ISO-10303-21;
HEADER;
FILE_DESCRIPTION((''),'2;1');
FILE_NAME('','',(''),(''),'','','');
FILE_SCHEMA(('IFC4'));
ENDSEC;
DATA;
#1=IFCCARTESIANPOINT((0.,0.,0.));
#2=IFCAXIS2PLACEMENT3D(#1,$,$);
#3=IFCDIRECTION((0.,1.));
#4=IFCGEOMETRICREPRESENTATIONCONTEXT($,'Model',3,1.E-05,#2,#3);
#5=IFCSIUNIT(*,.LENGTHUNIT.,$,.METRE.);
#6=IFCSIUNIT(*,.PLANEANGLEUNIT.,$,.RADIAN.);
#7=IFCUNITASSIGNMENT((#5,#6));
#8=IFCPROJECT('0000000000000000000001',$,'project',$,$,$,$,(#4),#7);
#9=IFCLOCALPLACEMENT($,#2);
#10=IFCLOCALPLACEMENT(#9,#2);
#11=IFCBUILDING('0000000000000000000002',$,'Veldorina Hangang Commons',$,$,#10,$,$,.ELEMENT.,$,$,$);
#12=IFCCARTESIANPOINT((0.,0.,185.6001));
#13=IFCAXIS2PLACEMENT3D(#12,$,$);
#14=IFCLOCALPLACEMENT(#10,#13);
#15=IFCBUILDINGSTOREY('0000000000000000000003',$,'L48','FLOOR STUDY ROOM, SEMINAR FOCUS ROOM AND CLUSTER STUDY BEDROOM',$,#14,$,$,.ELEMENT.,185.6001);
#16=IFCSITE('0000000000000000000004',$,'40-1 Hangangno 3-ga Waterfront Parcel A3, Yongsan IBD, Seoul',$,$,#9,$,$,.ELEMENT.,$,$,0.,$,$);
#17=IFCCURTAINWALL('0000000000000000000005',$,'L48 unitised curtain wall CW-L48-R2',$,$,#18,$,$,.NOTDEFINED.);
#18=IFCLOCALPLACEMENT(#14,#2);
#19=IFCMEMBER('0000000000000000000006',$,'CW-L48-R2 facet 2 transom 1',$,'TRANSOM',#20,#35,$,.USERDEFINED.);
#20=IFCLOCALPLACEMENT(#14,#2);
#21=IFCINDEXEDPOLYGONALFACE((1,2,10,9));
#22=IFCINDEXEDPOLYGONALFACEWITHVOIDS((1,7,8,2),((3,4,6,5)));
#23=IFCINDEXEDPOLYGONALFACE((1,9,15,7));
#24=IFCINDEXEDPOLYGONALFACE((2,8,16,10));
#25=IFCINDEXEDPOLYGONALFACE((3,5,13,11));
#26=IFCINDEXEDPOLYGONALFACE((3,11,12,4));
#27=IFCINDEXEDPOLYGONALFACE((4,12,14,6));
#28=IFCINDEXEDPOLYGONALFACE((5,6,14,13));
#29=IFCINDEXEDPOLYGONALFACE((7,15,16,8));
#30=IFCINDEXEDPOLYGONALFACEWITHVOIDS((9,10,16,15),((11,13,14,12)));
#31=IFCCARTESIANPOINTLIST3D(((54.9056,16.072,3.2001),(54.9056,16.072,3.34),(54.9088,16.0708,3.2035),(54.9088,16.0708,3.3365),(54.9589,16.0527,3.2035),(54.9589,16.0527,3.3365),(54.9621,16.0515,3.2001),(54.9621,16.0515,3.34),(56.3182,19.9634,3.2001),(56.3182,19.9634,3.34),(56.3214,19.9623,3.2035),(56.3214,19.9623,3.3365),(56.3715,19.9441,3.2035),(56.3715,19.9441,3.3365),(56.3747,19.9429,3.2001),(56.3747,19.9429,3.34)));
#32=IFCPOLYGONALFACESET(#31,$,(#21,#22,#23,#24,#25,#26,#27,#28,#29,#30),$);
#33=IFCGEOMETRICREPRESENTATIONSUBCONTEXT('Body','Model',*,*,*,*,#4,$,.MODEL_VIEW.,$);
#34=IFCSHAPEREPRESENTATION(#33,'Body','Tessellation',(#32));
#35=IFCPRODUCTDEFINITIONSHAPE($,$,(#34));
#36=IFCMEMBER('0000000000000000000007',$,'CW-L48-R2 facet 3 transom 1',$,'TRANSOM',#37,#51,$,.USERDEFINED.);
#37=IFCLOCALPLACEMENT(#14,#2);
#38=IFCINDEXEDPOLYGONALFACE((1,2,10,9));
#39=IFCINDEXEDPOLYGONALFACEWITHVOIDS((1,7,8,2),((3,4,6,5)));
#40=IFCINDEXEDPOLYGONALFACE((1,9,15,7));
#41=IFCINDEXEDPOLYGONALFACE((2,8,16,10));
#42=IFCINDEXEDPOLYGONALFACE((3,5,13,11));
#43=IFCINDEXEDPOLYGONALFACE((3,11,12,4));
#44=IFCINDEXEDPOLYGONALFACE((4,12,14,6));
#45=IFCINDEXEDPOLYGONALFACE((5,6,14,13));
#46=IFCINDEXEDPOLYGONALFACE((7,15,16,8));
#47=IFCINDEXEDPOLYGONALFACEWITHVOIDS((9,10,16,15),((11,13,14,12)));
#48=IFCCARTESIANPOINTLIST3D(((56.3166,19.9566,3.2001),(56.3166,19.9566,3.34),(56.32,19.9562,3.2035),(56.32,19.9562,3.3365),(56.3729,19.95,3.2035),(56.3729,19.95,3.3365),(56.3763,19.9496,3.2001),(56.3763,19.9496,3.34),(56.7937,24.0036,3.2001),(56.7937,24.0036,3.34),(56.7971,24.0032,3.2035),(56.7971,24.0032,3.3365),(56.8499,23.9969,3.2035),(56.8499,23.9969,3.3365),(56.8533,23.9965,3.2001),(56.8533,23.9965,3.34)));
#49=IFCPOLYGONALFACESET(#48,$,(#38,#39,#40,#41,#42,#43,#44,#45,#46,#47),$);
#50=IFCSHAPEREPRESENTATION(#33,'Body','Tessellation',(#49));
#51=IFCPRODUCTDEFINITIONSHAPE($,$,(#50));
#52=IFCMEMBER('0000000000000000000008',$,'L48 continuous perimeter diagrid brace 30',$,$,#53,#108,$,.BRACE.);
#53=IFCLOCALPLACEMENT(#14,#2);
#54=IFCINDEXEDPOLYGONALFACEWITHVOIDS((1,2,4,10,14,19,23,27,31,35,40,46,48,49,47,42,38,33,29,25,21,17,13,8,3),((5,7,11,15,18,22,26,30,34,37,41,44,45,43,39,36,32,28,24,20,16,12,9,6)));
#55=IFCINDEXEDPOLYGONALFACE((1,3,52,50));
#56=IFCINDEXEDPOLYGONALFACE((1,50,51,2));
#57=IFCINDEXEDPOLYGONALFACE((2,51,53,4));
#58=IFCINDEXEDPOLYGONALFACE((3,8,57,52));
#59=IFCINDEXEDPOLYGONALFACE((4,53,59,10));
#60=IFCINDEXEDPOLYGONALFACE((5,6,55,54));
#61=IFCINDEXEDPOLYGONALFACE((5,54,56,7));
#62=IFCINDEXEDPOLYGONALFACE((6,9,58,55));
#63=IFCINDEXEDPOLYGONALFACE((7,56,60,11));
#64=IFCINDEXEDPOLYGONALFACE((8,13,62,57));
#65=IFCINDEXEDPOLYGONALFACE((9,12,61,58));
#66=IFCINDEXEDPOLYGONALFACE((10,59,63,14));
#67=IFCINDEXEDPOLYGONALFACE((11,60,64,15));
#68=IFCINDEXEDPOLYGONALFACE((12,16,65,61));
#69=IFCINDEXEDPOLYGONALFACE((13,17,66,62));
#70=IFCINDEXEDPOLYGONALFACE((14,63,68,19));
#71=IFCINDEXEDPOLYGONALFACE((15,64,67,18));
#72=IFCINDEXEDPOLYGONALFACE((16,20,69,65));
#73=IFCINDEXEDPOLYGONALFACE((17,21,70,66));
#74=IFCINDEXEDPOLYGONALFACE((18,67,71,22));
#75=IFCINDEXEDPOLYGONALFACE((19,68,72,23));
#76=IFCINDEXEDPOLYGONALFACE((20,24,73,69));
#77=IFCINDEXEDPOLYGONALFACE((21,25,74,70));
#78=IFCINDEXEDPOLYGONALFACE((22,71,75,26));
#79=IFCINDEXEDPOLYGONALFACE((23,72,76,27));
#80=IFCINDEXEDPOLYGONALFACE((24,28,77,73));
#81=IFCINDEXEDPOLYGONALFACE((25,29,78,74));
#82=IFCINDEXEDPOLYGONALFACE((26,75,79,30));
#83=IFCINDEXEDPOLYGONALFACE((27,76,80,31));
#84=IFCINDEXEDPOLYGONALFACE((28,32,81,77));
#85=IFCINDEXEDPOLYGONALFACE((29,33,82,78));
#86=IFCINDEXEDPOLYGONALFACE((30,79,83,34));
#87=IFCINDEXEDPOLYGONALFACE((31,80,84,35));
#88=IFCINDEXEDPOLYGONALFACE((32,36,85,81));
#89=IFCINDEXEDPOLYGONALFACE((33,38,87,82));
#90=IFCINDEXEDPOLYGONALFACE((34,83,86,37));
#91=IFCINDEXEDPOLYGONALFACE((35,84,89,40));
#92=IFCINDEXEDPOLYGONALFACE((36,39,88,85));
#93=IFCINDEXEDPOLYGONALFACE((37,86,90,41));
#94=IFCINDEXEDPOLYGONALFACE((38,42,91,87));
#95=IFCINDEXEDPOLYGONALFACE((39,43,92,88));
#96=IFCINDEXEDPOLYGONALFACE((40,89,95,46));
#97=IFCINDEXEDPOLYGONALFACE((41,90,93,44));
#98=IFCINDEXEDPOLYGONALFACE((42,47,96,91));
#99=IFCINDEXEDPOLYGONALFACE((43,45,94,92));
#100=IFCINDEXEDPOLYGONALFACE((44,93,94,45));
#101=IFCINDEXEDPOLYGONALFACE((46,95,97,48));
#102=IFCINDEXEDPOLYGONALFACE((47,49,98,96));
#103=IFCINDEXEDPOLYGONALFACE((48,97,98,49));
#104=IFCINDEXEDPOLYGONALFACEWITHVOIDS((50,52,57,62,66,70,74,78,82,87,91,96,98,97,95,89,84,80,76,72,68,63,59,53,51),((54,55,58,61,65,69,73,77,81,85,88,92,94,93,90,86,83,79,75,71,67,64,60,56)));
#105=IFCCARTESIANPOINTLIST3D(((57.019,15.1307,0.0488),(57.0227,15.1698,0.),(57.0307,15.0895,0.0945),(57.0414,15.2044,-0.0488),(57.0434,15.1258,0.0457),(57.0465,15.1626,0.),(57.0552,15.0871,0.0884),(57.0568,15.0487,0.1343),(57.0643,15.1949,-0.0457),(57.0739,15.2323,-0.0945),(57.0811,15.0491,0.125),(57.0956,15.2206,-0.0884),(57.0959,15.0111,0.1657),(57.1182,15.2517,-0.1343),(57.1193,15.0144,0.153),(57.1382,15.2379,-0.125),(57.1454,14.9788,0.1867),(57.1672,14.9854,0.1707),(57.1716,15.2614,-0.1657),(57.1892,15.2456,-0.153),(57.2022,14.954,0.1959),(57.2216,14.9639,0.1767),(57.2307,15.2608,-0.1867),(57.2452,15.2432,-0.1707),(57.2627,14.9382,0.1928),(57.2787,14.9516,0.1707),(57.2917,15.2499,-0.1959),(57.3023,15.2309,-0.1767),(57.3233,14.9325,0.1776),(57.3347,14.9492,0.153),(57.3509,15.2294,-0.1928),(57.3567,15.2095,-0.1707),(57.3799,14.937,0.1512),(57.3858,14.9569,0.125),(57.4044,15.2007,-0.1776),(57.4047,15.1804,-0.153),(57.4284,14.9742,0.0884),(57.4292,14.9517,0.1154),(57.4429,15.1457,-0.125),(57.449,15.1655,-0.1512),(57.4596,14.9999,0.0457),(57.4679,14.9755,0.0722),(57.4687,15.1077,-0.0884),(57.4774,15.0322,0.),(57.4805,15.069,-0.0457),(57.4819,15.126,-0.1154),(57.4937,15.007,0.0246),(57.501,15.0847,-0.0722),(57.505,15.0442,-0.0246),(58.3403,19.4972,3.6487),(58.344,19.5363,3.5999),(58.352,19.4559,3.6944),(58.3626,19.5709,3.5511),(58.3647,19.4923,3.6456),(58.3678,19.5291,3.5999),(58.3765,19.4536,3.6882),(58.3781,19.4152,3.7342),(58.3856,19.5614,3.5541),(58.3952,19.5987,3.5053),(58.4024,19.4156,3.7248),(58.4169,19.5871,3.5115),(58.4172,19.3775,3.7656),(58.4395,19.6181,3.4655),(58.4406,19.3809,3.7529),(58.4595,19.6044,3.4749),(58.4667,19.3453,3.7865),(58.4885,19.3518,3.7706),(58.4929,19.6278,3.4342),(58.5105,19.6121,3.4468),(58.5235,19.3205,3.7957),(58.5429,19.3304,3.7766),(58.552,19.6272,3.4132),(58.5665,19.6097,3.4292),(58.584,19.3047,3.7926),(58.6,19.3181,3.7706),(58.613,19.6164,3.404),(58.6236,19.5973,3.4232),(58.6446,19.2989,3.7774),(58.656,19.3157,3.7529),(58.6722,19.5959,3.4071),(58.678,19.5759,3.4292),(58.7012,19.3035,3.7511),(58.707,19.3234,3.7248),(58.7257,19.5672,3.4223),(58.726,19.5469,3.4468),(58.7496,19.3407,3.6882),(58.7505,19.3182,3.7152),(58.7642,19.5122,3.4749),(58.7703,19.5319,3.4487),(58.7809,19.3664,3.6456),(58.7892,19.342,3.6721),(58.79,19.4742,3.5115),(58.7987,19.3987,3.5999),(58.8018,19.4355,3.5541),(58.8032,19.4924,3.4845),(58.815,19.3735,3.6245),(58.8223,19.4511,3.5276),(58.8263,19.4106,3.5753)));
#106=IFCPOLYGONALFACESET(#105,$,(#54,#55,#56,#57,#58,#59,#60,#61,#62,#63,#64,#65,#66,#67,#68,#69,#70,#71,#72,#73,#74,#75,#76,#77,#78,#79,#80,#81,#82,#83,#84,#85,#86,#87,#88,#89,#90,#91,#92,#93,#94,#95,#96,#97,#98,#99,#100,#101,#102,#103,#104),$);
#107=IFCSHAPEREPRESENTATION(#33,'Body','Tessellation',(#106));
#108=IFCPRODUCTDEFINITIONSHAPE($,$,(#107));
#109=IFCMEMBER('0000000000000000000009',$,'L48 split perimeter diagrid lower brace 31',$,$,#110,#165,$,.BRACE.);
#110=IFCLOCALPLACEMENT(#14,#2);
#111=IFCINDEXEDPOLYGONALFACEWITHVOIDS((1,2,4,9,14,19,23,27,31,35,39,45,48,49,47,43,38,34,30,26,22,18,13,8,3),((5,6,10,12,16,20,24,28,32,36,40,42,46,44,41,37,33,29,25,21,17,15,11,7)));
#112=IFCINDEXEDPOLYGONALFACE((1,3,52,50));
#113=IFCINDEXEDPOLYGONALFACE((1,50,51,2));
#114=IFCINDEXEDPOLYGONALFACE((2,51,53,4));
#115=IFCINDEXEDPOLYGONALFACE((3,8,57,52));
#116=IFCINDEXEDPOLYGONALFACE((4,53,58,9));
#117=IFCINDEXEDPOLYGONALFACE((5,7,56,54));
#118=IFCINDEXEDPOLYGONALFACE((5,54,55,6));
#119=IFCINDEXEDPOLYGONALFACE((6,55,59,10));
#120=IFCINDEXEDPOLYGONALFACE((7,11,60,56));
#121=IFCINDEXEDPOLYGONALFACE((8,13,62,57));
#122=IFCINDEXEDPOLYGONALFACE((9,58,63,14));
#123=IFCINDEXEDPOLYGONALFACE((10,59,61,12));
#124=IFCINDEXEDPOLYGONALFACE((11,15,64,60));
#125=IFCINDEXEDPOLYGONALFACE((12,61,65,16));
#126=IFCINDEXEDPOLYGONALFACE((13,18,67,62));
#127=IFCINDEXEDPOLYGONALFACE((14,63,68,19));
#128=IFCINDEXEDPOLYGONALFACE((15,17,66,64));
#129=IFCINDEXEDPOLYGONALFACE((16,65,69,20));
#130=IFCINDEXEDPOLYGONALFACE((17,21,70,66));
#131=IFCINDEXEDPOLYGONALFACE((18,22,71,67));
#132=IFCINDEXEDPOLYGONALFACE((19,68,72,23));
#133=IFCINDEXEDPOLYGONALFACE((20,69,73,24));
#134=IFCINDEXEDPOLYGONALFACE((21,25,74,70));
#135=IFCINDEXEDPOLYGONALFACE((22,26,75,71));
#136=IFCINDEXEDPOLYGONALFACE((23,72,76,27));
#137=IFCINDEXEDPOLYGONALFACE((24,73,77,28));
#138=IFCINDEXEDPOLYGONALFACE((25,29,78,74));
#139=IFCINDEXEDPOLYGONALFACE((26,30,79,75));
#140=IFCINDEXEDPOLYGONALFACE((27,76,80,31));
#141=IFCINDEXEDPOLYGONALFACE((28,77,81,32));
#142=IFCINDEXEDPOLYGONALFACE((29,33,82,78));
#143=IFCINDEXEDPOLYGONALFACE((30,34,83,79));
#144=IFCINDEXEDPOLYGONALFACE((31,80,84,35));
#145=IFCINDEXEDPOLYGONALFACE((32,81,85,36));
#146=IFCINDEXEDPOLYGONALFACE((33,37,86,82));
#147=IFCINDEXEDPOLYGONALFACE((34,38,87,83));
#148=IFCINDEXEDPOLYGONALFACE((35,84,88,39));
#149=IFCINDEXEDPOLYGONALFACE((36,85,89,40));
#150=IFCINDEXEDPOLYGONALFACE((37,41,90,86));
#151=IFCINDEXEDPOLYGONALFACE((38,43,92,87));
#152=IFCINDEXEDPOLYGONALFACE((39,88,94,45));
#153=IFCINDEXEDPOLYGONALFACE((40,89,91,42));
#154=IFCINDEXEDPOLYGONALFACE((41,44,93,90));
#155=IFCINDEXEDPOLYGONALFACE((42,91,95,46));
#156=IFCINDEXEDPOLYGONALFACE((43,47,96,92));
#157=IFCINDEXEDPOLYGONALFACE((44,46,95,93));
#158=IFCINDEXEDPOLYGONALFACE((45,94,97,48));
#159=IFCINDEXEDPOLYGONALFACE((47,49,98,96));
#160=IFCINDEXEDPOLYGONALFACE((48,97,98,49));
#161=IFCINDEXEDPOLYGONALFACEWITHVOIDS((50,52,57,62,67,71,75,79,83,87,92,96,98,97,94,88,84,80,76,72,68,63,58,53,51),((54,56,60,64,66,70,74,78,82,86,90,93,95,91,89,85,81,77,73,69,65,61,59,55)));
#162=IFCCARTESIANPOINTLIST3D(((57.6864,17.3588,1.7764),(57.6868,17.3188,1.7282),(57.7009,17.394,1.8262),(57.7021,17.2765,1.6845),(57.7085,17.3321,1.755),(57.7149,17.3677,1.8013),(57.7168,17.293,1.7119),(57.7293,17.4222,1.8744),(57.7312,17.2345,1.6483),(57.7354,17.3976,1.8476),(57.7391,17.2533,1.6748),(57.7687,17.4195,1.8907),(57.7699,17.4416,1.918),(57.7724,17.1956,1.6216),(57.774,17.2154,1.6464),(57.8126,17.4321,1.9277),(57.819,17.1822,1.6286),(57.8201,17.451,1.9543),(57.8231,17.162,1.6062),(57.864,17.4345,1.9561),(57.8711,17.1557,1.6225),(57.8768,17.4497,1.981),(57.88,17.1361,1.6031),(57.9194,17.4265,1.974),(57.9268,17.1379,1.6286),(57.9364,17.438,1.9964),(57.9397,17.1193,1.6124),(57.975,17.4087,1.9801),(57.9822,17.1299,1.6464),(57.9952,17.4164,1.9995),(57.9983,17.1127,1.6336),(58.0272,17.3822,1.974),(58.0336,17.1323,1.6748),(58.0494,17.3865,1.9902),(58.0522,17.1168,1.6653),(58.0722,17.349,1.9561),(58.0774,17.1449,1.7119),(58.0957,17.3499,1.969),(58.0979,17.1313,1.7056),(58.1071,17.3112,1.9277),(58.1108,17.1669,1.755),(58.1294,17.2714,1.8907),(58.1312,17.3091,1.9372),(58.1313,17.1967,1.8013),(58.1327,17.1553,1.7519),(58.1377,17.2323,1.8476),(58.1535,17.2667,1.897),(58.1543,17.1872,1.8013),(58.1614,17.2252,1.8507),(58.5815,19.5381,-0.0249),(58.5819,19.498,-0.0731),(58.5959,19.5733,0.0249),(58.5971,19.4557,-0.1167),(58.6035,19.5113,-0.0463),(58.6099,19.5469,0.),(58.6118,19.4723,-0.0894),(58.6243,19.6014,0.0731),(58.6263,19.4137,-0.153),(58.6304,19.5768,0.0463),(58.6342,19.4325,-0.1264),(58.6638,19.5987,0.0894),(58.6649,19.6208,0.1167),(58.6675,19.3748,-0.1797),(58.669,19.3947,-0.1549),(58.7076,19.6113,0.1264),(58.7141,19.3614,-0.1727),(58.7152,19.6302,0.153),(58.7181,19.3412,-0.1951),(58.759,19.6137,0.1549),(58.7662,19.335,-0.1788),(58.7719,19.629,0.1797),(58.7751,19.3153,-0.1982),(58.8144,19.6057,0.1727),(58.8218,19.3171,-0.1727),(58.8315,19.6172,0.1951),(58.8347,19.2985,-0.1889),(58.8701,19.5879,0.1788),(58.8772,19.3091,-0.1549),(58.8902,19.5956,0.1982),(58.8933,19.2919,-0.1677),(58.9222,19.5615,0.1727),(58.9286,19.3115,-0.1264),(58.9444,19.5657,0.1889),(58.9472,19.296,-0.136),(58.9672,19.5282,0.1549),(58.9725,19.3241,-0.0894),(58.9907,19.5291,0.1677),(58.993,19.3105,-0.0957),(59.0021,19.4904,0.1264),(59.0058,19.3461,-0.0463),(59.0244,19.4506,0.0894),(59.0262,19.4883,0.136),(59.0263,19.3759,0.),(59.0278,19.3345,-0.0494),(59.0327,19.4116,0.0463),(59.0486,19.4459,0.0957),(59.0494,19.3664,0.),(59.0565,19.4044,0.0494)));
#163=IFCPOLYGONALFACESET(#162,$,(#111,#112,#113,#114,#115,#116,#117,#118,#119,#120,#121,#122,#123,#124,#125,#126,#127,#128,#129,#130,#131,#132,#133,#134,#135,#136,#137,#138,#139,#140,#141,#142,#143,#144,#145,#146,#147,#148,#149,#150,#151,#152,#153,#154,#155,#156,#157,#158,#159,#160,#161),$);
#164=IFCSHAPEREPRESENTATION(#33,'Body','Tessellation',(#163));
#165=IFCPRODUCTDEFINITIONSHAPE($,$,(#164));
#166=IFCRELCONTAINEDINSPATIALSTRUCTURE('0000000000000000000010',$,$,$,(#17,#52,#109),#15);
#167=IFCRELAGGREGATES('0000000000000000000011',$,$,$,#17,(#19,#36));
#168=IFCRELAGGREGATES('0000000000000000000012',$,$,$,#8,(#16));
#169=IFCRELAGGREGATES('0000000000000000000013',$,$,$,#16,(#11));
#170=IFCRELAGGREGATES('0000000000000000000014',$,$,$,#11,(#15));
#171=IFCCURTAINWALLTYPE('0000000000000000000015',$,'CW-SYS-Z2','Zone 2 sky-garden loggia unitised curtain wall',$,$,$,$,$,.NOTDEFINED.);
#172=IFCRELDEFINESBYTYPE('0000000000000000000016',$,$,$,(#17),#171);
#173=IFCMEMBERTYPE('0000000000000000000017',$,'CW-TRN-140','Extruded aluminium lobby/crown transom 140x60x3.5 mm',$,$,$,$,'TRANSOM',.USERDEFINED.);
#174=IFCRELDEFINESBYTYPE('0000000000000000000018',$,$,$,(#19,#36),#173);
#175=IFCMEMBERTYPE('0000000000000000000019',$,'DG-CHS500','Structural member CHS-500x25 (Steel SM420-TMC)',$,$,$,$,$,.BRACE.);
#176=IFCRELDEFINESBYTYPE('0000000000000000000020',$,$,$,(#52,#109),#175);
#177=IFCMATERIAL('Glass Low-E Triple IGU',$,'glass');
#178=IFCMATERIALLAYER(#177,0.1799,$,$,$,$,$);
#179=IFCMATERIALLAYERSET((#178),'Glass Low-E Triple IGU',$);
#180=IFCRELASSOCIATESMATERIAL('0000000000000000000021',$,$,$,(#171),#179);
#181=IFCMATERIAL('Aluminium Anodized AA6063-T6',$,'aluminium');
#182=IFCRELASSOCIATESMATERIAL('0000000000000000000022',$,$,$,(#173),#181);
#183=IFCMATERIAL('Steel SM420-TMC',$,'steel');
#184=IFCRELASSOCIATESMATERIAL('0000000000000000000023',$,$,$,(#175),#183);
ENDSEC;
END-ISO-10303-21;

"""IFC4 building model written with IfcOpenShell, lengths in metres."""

from ifc_helpers import new_model, si_unit, direction, frame, origin, origin_2d, place, context, subcontext, project, spatial, hollow_rectangle, hollow_circle, extrude, material, layer, layer_set, material_profile, profile_set, type_object, element, aggregate, save


model = new_model("IFC4")

# Units and contexts
model_context = context("Model", 3, precision=1e-05, world=origin(), true_north=direction((0.0, 1.0)))
body_context = subcontext(model_context, "Body", "Model", "MODEL_VIEW")
ifc_project = project(units=[si_unit("LENGTHUNIT", "METRE"), si_unit("PLANEANGLEUNIT", "RADIAN")], contexts=[model_context])

# Site, building, storey
site_placement = place(None, origin())
site = spatial("IfcSite", under=ifc_project, at=site_placement, Name="40-1 Hangangno 3-ga Waterfront Parcel A3, Yongsan IBD, Seoul", CompositionType="ELEMENT", RefElevation=0.0)
building_placement = place(site_placement, origin())
building = spatial("IfcBuilding", under=site, at=building_placement, Name="Veldorina Hangang Commons", CompositionType="ELEMENT")
storey_placement = place(building_placement, frame((0.0, 0.0, 185.6001)))
storey = spatial("IfcBuildingStorey", under=building, at=storey_placement, Name="L48", Description="FLOOR STUDY ROOM, SEMINAR FOCUS ROOM AND CLUSTER STUDY BEDROOM", CompositionType="ELEMENT", Elevation=185.6001)

# Shared definitions
ifc_material_1 = material(Name="Steel SM420-TMC", Category="steel")

# Curtain wall, members
ifc_material_2 = material(Name="Glass Low-E Triple IGU", Category="glass")
ifc_layer_1 = layer(ifc_material_2, 0.1799)
ifc_layer_set_1 = layer_set([ifc_layer_1], Name="Glass Low-E Triple IGU")
curtain_wall_type = type_object("IfcCurtainWallType", Name="CW-SYS-Z2", Description="Zone 2 sky-garden loggia unitised curtain wall", PredefinedType="NOTDEFINED", material=ifc_layer_set_1)
curtain_wall_placement = place(storey_placement, origin())
curtain_wall = element("IfcCurtainWall", 1, at=curtain_wall_placement, inside=storey, type_object=curtain_wall_type, Name="L48 unitised curtain wall CW-L48-R2", PredefinedType="NOTDEFINED")
ifc_material_3 = material(Name="Aluminium Anodized AA6063-T6", Category="aluminium")
ifc_material_profile_1 = material_profile(ifc_material_3, hollow_rectangle(XDim=0.0601, YDim=0.1399, WallThickness=0.0034, at=origin_2d()), Name="ALU-RHS-140x60x3.5")
ifc_profile_set_1 = profile_set([ifc_material_profile_1], Name="Aluminium Anodized AA6063-T6")
member_type_1 = type_object("IfcMemberType", Name="CW-TRN-140", Description="Extruded aluminium lobby/crown transom 140x60x3.5 mm", ElementType="TRANSOM", PredefinedType="USERDEFINED", material=ifc_profile_set_1)
member_1_placement = place(storey_placement, frame((54.9338, 16.0618, 3.27), z_axis=(0.341222, 0.939983, 0.0), x_axis=(-0.939983, 0.341222, 0.0)))
member_1 = element("IfcMember", 2, at=member_1_placement, type_object=member_type_1, Name="CW-L48-R2 facet 2 transom 1", ObjectType="TRANSOM", PredefinedType="USERDEFINED", context=body_context, shape_type="SweptSolid", body=[
    extrude(hollow_rectangle(XDim=0.0601, YDim=0.1399, WallThickness=0.0034, at=origin_2d()), origin(), (0.0, 0.0, 1.0), 4.1399),
])
member_2_placement = place(storey_placement, frame((56.3464, 19.9531, 3.27), z_axis=(0.117071, 0.993124, 0.0), x_axis=(-0.993124, 0.117071, 0.0)))
member_2 = element("IfcMember", 3, at=member_2_placement, type_object=member_type_1, Name="CW-L48-R2 facet 3 transom 1", ObjectType="TRANSOM", PredefinedType="USERDEFINED", context=body_context, shape_type="SweptSolid", body=[
    extrude(hollow_rectangle(XDim=0.0601, YDim=0.1399, WallThickness=0.0034, at=origin_2d()), origin(), (0.0, 0.0, 1.0), 4.075),
])

# Members
ifc_material_profile_2 = material_profile(ifc_material_1, hollow_circle(Radius=0.25, WallThickness=0.0249, at=origin_2d()), Name="CHS-500x25")
ifc_profile_set_2 = profile_set([ifc_material_profile_2], Name="Steel SM420-TMC")
member_type_2 = type_object("IfcMemberType", Name="DG-CHS500", Description="Structural member CHS-500x25 (Steel SM420-TMC)", PredefinedType="BRACE", material=ifc_profile_set_2)
member_3_placement = place(storey_placement, frame((57.262, 15.0974, 0.0), z_axis=(0.227367, 0.751379, 0.619462), x_axis=(-0.957139, 0.28963, 0.0)))
element("IfcMember", 4, at=member_3_placement, inside=storey, type_object=member_type_2, Name="L48 continuous perimeter diagrid brace 30", PredefinedType="BRACE", context=body_context, shape_type="SweptSolid", body=[
    extrude(hollow_circle(Radius=0.25, WallThickness=0.0249, at=origin_2d()), origin(), (0.0, 0.0, 1.0), 5.8113),
])
member_4_placement = place(storey_placement, frame((58.8181, 19.4614, 0.0), z_axis=(-0.301805, -0.734836, 0.607396), x_axis=(0.925021, -0.379916, 0.0)))
element("IfcMember", 5, at=member_4_placement, inside=storey, type_object=member_type_2, Name="L48 split perimeter diagrid lower brace 31", PredefinedType="BRACE", context=body_context, shape_type="SweptSolid", body=[
    extrude(hollow_circle(Radius=0.25, WallThickness=0.0249, at=origin_2d()), origin(), (0.0, 0.0, 1.0), 2.9656),
])

aggregate(curtain_wall, [member_1, member_2])

save(model, "model.ifc")
